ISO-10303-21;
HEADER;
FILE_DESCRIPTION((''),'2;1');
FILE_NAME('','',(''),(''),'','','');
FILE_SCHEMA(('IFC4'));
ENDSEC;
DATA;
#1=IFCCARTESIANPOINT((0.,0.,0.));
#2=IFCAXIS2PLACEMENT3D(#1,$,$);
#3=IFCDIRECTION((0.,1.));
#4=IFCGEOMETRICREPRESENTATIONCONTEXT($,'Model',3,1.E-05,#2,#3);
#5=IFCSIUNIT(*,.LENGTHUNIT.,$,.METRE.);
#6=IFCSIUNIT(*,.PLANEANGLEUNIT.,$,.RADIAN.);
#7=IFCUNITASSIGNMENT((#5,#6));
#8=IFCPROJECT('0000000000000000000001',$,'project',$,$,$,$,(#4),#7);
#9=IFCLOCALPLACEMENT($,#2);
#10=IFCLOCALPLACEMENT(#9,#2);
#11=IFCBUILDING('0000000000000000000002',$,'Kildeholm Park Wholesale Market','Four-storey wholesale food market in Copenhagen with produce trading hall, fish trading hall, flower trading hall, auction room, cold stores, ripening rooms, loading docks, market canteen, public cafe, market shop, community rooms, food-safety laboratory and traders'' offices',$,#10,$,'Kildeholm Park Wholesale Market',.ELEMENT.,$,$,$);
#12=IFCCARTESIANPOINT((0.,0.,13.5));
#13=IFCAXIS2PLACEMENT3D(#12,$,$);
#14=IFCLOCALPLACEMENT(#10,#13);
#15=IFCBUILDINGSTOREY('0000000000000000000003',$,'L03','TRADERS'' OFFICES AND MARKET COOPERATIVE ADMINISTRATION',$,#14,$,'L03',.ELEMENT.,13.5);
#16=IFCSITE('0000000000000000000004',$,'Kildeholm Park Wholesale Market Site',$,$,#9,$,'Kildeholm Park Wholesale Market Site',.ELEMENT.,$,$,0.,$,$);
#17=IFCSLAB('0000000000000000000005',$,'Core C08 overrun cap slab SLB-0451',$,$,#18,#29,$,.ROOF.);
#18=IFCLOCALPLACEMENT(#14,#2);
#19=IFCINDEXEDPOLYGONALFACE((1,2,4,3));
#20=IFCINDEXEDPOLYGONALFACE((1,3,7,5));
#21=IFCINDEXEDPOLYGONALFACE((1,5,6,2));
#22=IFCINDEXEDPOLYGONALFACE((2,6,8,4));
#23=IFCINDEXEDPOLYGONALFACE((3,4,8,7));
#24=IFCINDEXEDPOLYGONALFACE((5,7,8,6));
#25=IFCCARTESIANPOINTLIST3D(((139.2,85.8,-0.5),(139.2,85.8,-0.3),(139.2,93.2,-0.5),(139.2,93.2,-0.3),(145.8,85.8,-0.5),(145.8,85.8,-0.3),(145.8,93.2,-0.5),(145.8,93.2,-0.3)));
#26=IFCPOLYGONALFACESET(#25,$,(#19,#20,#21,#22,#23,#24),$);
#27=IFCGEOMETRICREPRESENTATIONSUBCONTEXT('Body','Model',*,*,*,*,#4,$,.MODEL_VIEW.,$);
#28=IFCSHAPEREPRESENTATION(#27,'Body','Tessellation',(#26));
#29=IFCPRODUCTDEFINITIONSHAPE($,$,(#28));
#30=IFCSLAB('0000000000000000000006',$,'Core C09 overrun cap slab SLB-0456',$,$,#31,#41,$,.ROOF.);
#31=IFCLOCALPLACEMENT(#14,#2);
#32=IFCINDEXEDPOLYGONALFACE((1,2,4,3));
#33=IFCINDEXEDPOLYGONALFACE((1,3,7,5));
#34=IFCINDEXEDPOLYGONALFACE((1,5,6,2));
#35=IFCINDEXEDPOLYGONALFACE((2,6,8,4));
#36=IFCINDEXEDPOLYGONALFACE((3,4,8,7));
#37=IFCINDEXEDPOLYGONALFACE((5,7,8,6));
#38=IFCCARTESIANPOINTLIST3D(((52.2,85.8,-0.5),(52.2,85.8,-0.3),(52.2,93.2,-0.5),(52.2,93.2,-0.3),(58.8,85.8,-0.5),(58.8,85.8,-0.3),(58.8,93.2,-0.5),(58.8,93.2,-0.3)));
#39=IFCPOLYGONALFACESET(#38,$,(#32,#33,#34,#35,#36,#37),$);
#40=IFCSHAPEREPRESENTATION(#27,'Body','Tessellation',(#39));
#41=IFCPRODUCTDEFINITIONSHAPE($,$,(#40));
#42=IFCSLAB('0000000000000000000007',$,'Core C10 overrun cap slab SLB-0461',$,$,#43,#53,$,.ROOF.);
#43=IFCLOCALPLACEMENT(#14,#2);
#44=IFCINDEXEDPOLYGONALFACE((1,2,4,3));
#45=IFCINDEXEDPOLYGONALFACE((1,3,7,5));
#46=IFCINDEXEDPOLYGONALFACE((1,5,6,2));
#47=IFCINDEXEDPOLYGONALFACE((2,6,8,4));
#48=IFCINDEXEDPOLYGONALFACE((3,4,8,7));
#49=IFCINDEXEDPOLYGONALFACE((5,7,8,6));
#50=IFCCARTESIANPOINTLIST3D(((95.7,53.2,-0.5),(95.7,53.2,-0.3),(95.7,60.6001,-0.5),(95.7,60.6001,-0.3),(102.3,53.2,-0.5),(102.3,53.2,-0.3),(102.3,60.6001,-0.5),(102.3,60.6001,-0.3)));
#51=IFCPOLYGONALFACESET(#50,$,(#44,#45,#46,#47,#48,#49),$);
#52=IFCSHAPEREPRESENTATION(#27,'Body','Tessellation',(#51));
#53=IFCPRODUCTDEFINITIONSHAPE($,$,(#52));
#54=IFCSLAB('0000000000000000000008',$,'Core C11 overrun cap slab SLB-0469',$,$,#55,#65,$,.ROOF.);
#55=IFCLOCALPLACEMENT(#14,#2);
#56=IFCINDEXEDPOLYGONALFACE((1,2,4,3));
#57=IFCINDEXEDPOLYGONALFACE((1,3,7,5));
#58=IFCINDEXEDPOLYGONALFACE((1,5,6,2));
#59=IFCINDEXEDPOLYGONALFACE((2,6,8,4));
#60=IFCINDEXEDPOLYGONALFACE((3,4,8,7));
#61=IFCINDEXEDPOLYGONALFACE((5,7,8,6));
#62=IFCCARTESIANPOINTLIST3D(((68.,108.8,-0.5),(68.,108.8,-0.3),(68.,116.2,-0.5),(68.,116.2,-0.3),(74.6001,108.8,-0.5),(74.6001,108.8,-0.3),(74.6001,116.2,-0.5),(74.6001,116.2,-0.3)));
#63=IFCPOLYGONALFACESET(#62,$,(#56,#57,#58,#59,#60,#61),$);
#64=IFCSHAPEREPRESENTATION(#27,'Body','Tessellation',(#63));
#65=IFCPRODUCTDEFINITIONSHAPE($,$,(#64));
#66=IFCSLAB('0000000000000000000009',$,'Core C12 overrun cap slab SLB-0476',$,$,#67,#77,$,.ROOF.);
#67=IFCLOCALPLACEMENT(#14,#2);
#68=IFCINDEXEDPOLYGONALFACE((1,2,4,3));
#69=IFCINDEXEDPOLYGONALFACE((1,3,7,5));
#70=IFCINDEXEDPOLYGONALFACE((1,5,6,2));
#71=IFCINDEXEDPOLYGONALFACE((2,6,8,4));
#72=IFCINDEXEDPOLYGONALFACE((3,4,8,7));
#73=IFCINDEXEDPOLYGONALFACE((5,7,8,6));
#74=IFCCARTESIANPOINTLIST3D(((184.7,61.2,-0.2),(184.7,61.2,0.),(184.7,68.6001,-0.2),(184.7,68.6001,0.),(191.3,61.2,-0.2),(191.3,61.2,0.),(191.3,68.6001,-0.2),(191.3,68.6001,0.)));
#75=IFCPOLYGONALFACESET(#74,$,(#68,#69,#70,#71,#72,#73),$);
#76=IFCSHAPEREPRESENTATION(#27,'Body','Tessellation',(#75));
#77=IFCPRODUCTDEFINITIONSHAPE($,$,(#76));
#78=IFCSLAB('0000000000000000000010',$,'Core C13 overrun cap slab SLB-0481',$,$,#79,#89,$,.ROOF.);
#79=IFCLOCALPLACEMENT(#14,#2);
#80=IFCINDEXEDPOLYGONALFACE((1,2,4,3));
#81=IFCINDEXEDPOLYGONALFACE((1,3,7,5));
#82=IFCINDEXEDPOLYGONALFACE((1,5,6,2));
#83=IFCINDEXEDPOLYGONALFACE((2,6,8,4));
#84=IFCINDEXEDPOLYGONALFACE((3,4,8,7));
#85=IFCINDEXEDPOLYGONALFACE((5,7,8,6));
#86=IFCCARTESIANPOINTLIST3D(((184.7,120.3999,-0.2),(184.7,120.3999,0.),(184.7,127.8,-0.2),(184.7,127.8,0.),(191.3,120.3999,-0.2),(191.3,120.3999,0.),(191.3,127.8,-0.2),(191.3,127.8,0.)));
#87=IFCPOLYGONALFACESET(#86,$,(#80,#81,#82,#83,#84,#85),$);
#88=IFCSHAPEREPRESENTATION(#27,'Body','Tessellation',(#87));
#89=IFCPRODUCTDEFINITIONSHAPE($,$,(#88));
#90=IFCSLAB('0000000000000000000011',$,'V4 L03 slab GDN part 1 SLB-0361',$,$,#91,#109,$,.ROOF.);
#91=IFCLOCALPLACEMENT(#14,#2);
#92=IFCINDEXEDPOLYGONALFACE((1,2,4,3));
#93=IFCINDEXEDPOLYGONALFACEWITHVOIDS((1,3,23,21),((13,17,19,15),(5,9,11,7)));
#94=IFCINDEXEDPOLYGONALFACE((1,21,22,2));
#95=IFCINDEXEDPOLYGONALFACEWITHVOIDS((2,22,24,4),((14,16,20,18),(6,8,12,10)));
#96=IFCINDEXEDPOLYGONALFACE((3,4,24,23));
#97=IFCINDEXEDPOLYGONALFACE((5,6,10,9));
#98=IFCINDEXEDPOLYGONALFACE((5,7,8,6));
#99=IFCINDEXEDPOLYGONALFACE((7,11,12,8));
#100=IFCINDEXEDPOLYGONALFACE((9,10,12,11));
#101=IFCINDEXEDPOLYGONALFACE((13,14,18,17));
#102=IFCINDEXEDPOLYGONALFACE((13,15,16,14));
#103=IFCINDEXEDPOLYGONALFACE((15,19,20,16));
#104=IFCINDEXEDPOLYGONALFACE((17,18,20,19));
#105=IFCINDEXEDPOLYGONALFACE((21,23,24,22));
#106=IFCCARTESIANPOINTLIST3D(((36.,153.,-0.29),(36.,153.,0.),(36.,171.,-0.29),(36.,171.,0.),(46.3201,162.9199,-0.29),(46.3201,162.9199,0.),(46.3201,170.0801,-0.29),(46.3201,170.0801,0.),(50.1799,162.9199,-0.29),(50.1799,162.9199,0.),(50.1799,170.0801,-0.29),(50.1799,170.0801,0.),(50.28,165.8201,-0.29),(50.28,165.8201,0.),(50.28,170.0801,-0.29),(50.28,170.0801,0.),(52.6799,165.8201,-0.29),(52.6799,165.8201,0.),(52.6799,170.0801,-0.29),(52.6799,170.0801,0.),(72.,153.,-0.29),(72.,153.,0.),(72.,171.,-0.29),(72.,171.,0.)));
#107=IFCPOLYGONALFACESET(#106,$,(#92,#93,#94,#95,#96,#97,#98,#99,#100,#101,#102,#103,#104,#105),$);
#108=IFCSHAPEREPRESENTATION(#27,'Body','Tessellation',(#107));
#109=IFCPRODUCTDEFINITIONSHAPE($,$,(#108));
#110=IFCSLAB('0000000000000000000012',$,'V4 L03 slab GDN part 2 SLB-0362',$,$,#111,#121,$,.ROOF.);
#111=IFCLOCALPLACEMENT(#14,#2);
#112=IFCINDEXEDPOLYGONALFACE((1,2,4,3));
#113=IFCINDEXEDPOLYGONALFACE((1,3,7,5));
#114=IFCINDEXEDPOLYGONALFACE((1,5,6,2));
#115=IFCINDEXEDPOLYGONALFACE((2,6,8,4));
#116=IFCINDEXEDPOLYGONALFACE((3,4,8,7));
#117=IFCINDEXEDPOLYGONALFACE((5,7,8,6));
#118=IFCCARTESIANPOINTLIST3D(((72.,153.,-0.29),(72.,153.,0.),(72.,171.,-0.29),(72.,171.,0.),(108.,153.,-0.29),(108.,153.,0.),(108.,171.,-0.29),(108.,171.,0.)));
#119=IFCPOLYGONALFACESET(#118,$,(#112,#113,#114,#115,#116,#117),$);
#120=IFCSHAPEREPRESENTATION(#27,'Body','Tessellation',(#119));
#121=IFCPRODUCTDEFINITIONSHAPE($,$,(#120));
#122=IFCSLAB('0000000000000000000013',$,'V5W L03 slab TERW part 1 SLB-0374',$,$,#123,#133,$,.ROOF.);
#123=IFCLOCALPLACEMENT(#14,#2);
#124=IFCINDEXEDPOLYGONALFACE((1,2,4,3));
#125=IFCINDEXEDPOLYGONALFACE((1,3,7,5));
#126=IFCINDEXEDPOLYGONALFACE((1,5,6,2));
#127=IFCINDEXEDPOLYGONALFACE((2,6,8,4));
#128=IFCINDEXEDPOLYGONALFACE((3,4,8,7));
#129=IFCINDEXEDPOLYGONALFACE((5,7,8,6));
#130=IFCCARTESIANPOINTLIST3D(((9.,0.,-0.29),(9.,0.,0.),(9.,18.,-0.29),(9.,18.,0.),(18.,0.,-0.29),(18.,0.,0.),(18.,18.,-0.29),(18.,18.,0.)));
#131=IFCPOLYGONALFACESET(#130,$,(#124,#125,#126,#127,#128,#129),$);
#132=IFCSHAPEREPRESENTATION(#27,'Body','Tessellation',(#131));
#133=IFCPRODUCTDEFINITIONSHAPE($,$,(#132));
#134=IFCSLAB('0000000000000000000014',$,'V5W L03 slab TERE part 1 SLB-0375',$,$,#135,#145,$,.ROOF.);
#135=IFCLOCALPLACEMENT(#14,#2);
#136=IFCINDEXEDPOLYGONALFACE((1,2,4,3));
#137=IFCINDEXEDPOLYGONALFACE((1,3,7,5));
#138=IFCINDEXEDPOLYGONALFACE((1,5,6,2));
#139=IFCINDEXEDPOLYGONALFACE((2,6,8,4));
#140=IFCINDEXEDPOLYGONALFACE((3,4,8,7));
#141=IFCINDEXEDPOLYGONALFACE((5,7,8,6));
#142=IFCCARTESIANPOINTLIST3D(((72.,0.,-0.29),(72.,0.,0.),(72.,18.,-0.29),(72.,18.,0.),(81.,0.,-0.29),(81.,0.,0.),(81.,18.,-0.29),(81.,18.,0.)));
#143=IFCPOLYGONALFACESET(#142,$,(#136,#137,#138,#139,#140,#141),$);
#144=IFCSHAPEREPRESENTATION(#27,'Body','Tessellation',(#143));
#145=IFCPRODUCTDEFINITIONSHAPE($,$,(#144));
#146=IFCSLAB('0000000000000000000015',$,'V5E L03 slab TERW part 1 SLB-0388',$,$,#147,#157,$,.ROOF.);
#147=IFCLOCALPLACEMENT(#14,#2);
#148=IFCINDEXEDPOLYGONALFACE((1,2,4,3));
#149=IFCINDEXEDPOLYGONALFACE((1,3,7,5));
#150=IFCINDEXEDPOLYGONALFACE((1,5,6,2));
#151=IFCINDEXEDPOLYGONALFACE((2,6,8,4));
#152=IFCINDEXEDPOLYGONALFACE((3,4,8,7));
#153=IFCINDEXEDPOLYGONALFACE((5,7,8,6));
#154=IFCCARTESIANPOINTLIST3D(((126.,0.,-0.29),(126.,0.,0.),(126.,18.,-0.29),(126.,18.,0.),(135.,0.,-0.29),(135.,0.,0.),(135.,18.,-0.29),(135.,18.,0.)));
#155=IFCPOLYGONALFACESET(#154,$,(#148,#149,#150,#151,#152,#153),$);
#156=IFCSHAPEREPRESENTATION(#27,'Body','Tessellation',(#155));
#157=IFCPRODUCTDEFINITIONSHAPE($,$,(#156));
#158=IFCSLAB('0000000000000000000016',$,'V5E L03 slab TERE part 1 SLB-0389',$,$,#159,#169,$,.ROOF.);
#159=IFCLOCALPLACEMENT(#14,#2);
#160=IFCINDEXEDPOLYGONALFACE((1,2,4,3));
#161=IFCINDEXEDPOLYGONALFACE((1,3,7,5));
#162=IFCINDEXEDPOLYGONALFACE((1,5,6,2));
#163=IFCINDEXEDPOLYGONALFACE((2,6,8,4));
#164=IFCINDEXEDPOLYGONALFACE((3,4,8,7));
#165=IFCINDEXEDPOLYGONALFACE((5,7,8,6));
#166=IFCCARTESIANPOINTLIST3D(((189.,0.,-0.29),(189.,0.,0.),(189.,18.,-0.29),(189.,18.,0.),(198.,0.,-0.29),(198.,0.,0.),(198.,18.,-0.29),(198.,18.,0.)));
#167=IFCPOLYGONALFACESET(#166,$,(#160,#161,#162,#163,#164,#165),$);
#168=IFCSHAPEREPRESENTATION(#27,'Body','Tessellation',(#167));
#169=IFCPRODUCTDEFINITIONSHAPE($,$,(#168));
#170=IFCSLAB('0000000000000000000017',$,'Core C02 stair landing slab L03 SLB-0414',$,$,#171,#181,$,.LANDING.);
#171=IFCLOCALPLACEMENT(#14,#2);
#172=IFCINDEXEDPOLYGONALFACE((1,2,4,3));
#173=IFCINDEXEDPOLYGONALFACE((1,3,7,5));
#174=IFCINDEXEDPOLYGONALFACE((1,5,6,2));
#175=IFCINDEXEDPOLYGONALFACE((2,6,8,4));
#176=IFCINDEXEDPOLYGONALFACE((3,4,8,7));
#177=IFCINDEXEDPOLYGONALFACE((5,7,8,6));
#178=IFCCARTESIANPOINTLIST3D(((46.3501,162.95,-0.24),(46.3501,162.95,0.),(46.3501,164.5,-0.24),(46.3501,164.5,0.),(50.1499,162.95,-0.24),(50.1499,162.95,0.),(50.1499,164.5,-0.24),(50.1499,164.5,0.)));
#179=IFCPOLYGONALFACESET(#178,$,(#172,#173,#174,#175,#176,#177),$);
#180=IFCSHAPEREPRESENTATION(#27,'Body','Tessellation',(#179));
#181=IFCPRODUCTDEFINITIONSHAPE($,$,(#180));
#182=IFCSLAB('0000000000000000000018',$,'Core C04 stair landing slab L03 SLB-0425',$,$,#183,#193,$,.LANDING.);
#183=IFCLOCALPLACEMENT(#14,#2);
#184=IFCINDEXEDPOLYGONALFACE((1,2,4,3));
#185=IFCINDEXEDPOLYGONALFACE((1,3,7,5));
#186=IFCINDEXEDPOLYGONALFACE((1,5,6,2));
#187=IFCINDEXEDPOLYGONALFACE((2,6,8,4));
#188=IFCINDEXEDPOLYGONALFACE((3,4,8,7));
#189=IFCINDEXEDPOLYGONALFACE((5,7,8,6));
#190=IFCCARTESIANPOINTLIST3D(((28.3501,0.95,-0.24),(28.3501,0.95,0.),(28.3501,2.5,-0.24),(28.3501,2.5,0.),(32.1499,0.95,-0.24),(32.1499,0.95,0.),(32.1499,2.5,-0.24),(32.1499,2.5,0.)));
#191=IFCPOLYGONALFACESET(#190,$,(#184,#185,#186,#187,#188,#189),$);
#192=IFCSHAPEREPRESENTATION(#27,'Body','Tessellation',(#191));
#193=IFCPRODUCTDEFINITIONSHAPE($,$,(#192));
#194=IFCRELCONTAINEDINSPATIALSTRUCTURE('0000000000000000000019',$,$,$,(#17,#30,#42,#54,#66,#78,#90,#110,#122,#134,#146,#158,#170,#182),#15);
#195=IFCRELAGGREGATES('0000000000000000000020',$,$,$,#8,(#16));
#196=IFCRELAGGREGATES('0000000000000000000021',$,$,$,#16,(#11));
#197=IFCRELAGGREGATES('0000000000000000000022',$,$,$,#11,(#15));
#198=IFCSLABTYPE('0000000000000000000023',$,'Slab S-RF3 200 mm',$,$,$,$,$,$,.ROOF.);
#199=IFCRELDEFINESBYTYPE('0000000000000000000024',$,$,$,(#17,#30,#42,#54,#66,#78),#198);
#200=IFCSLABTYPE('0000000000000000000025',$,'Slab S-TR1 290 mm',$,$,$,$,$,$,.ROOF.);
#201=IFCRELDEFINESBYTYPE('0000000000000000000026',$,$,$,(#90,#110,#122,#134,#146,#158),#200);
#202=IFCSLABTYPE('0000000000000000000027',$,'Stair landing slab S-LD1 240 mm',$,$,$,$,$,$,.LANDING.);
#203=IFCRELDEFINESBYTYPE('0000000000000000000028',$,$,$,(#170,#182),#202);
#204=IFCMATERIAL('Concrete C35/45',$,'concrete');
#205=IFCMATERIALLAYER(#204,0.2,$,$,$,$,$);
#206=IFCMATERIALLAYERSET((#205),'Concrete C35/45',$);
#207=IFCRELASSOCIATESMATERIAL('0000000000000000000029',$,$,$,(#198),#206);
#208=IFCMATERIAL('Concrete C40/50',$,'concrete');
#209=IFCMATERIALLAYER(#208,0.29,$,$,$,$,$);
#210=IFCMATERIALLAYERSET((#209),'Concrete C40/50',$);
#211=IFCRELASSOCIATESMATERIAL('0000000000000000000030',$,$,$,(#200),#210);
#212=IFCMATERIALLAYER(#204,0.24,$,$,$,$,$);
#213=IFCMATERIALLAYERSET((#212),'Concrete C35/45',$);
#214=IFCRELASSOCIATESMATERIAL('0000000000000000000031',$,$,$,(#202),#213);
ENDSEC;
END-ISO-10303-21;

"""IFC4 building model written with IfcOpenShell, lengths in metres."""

from ifc_helpers import new_model, si_unit, direction, frame, origin, place, context, subcontext, project, spatial, polyline, outline, extrude, material, layer, layer_set, type_object, element, save


model = new_model("IFC4")

# Units and contexts
model_context = context("Model", 3, precision=1e-05, world=origin(), true_north=direction((0.0, 1.0)))
body_context = subcontext(model_context, "Body", "Model", "MODEL_VIEW")
ifc_project = project(units=[si_unit("LENGTHUNIT", "METRE"), si_unit("PLANEANGLEUNIT", "RADIAN")], contexts=[model_context])

# Site, building, storey
site_placement = place(None, origin())
site = spatial("IfcSite", under=ifc_project, at=site_placement, Name="Kildeholm Park Wholesale Market Site", LongName="Kildeholm Park Wholesale Market Site", CompositionType="ELEMENT", RefElevation=0.0)
building_placement = place(site_placement, origin())
building = spatial("IfcBuilding", under=site, at=building_placement, Name="Kildeholm Park Wholesale Market", Description="Four-storey wholesale food market in Copenhagen with produce trading hall, fish trading hall, flower trading hall, auction room, cold stores, ripening rooms, loading docks, market canteen, public cafe, market shop, community rooms, food-safety laboratory and traders' offices", LongName="Kildeholm Park Wholesale Market", CompositionType="ELEMENT")
storey_placement = place(building_placement, frame((0.0, 0.0, 13.5)))
storey = spatial("IfcBuildingStorey", under=building, at=storey_placement, Name="L03", Description="TRADERS' OFFICES AND MARKET COOPERATIVE ADMINISTRATION", LongName="L03", CompositionType="ELEMENT", Elevation=13.5)

# Slabs
ifc_material_1 = material(Name="Concrete C35/45", Category="concrete")
ifc_layer_1 = layer(ifc_material_1, 0.2)
ifc_layer_set_1 = layer_set([ifc_layer_1], Name="Concrete C35/45")
slab_type_1 = type_object("IfcSlabType", Name="Slab S-RF3 200 mm", PredefinedType="ROOF", material=ifc_layer_set_1)
slab_1_placement = place(storey_placement, frame((0.0, 0.0, -0.5)))
element("IfcSlab", 1, at=slab_1_placement, inside=storey, type_object=slab_type_1, Name="Core C08 overrun cap slab SLB-0451", PredefinedType="ROOF", context=body_context, shape_type="SweptSolid", body=[
    extrude(outline(polyline([(139.2, 85.8), (145.8, 85.8), (145.8, 93.2), (139.2, 93.2), (139.2, 85.8)])), origin(), (0.0, 0.0, 1.0), 0.2),
])
slab_2_placement = place(storey_placement, frame((0.0, 0.0, -0.5)))
element("IfcSlab", 2, at=slab_2_placement, inside=storey, type_object=slab_type_1, Name="Core C09 overrun cap slab SLB-0456", PredefinedType="ROOF", context=body_context, shape_type="SweptSolid", body=[
    extrude(outline(polyline([(52.2, 93.2), (58.8, 93.2), (58.8, 85.8), (52.2, 85.8), (52.2, 93.2)])), origin(), (0.0, 0.0, 1.0), 0.2),
])
slab_3_placement = place(storey_placement, frame((0.0, 0.0, -0.5)))
element("IfcSlab", 3, at=slab_3_placement, inside=storey, type_object=slab_type_1, Name="Core C10 overrun cap slab SLB-0461", PredefinedType="ROOF", context=body_context, shape_type="SweptSolid", body=[
    extrude(outline(polyline([(95.7, 60.6001), (102.3, 60.6001), (102.3, 53.2), (95.7, 53.2), (95.7, 60.6001)])), origin(), (0.0, 0.0, 1.0), 0.2),
])
slab_4_placement = place(storey_placement, frame((0.0, 0.0, -0.5)))
element("IfcSlab", 4, at=slab_4_placement, inside=storey, type_object=slab_type_1, Name="Core C11 overrun cap slab SLB-0469", PredefinedType="ROOF", context=body_context, shape_type="SweptSolid", body=[
    extrude(outline(polyline([(68.0, 116.2), (74.6001, 116.2), (74.6001, 108.8), (68.0, 108.8), (68.0, 116.2)])), origin(), (0.0, 0.0, 1.0), 0.2),
])
slab_5_placement = place(storey_placement, frame((0.0, 0.0, -0.2)))
element("IfcSlab", 5, at=slab_5_placement, inside=storey, type_object=slab_type_1, Name="Core C12 overrun cap slab SLB-0476", PredefinedType="ROOF", context=body_context, shape_type="SweptSolid", body=[
    extrude(outline(polyline([(184.7, 68.6001), (191.3, 68.6001), (191.3, 61.2), (184.7, 61.2), (184.7, 68.6001)])), origin(), (0.0, 0.0, 1.0), 0.2),
])
slab_6_placement = place(storey_placement, frame((0.0, 0.0, -0.2)))
element("IfcSlab", 6, at=slab_6_placement, inside=storey, type_object=slab_type_1, Name="Core C13 overrun cap slab SLB-0481", PredefinedType="ROOF", context=body_context, shape_type="SweptSolid", body=[
    extrude(outline(polyline([(184.7, 127.8), (191.3, 127.8), (191.3, 120.3999), (184.7, 120.3999), (184.7, 127.8)])), origin(), (0.0, 0.0, 1.0), 0.2),
])
ifc_material_2 = material(Name="Concrete C40/50", Category="concrete")
ifc_layer_2 = layer(ifc_material_2, 0.29)
ifc_layer_set_2 = layer_set([ifc_layer_2], Name="Concrete C40/50")
slab_type_2 = type_object("IfcSlabType", Name="Slab S-TR1 290 mm", PredefinedType="ROOF", material=ifc_layer_set_2)
slab_7_placement = place(storey_placement, frame((0.0, 0.0, -0.29)))
element("IfcSlab", 7, at=slab_7_placement, inside=storey, type_object=slab_type_2, Name="V4 L03 slab GDN part 1 SLB-0361", PredefinedType="ROOF", context=body_context, shape_type="SweptSolid", body=[
    extrude(outline(polyline([(36.0, 171.0), (72.0, 171.0), (72.0, 153.0), (36.0, 153.0), (36.0, 171.0)]), holes=[polyline([(46.3201, 170.0801), (46.3201, 162.9199), (50.1799, 162.9199), (50.1799, 170.0801), (46.3201, 170.0801)]), polyline([(50.28, 170.0801), (50.28, 165.8201), (52.6799, 165.8201), (52.6799, 170.0801), (50.28, 170.0801)])]), origin(), (0.0, 0.0, 1.0), 0.29),
])
slab_8_placement = place(storey_placement, frame((0.0, 0.0, -0.29)))
element("IfcSlab", 8, at=slab_8_placement, inside=storey, type_object=slab_type_2, Name="V4 L03 slab GDN part 2 SLB-0362", PredefinedType="ROOF", context=body_context, shape_type="SweptSolid", body=[
    extrude(outline(polyline([(72.0, 171.0), (108.0, 171.0), (108.0, 153.0), (72.0, 153.0), (72.0, 171.0)])), origin(), (0.0, 0.0, 1.0), 0.29),
])
slab_9_placement = place(storey_placement, frame((0.0, 0.0, -0.29)))
element("IfcSlab", 9, at=slab_9_placement, inside=storey, type_object=slab_type_2, Name="V5W L03 slab TERW part 1 SLB-0374", PredefinedType="ROOF", context=body_context, shape_type="SweptSolid", body=[
    extrude(outline(polyline([(9.0, 18.0), (18.0, 18.0), (18.0, 0.0), (9.0, 0.0), (9.0, 18.0)])), origin(), (0.0, 0.0, 1.0), 0.29),
])
slab_10_placement = place(storey_placement, frame((0.0, 0.0, -0.29)))
element("IfcSlab", 10, at=slab_10_placement, inside=storey, type_object=slab_type_2, Name="V5W L03 slab TERE part 1 SLB-0375", PredefinedType="ROOF", context=body_context, shape_type="SweptSolid", body=[
    extrude(outline(polyline([(72.0, 18.0), (81.0, 18.0), (81.0, 0.0), (72.0, 0.0), (72.0, 18.0)])), origin(), (0.0, 0.0, 1.0), 0.29),
])
slab_11_placement = place(storey_placement, frame((0.0, 0.0, -0.29)))
element("IfcSlab", 11, at=slab_11_placement, inside=storey, type_object=slab_type_2, Name="V5E L03 slab TERW part 1 SLB-0388", PredefinedType="ROOF", context=body_context, shape_type="SweptSolid", body=[
    extrude(outline(polyline([(126.0, 18.0), (135.0, 18.0), (135.0, 0.0), (126.0, 0.0), (126.0, 18.0)])), origin(), (0.0, 0.0, 1.0), 0.29),
])
slab_12_placement = place(storey_placement, frame((0.0, 0.0, -0.29)))
element("IfcSlab", 12, at=slab_12_placement, inside=storey, type_object=slab_type_2, Name="V5E L03 slab TERE part 1 SLB-0389", PredefinedType="ROOF", context=body_context, shape_type="SweptSolid", body=[
    extrude(outline(polyline([(189.0, 18.0), (198.0, 18.0), (198.0, 0.0), (189.0, 0.0), (189.0, 18.0)])), origin(), (0.0, 0.0, 1.0), 0.29),
])
ifc_layer_3 = layer(ifc_material_1, 0.24)
ifc_layer_set_3 = layer_set([ifc_layer_3], Name="Concrete C35/45")
slab_type_3 = type_object("IfcSlabType", Name="Stair landing slab S-LD1 240 mm", PredefinedType="LANDING", material=ifc_layer_set_3)
slab_13_placement = place(storey_placement, frame((0.0, 0.0, -0.24)))
element("IfcSlab", 13, at=slab_13_placement, inside=storey, type_object=slab_type_3, Name="Core C02 stair landing slab L03 SLB-0414", PredefinedType="LANDING", context=body_context, shape_type="SweptSolid", body=[
    extrude(outline(polyline([(46.3501, 162.95), (50.1499, 162.95), (50.1499, 164.5), (46.3501, 164.5), (46.3501, 162.95)])), origin(), (0.0, 0.0, 1.0), 0.24),
])
slab_14_placement = place(storey_placement, frame((0.0, 0.0, -0.24)))
element("IfcSlab", 14, at=slab_14_placement, inside=storey, type_object=slab_type_3, Name="Core C04 stair landing slab L03 SLB-0425", PredefinedType="LANDING", context=body_context, shape_type="SweptSolid", body=[
    extrude(outline(polyline([(28.3501, 0.95), (32.1499, 0.95), (32.1499, 2.5), (28.3501, 2.5), (28.3501, 0.95)])), origin(), (0.0, 0.0, 1.0), 0.24),
])

save(model, "model.ifc")
